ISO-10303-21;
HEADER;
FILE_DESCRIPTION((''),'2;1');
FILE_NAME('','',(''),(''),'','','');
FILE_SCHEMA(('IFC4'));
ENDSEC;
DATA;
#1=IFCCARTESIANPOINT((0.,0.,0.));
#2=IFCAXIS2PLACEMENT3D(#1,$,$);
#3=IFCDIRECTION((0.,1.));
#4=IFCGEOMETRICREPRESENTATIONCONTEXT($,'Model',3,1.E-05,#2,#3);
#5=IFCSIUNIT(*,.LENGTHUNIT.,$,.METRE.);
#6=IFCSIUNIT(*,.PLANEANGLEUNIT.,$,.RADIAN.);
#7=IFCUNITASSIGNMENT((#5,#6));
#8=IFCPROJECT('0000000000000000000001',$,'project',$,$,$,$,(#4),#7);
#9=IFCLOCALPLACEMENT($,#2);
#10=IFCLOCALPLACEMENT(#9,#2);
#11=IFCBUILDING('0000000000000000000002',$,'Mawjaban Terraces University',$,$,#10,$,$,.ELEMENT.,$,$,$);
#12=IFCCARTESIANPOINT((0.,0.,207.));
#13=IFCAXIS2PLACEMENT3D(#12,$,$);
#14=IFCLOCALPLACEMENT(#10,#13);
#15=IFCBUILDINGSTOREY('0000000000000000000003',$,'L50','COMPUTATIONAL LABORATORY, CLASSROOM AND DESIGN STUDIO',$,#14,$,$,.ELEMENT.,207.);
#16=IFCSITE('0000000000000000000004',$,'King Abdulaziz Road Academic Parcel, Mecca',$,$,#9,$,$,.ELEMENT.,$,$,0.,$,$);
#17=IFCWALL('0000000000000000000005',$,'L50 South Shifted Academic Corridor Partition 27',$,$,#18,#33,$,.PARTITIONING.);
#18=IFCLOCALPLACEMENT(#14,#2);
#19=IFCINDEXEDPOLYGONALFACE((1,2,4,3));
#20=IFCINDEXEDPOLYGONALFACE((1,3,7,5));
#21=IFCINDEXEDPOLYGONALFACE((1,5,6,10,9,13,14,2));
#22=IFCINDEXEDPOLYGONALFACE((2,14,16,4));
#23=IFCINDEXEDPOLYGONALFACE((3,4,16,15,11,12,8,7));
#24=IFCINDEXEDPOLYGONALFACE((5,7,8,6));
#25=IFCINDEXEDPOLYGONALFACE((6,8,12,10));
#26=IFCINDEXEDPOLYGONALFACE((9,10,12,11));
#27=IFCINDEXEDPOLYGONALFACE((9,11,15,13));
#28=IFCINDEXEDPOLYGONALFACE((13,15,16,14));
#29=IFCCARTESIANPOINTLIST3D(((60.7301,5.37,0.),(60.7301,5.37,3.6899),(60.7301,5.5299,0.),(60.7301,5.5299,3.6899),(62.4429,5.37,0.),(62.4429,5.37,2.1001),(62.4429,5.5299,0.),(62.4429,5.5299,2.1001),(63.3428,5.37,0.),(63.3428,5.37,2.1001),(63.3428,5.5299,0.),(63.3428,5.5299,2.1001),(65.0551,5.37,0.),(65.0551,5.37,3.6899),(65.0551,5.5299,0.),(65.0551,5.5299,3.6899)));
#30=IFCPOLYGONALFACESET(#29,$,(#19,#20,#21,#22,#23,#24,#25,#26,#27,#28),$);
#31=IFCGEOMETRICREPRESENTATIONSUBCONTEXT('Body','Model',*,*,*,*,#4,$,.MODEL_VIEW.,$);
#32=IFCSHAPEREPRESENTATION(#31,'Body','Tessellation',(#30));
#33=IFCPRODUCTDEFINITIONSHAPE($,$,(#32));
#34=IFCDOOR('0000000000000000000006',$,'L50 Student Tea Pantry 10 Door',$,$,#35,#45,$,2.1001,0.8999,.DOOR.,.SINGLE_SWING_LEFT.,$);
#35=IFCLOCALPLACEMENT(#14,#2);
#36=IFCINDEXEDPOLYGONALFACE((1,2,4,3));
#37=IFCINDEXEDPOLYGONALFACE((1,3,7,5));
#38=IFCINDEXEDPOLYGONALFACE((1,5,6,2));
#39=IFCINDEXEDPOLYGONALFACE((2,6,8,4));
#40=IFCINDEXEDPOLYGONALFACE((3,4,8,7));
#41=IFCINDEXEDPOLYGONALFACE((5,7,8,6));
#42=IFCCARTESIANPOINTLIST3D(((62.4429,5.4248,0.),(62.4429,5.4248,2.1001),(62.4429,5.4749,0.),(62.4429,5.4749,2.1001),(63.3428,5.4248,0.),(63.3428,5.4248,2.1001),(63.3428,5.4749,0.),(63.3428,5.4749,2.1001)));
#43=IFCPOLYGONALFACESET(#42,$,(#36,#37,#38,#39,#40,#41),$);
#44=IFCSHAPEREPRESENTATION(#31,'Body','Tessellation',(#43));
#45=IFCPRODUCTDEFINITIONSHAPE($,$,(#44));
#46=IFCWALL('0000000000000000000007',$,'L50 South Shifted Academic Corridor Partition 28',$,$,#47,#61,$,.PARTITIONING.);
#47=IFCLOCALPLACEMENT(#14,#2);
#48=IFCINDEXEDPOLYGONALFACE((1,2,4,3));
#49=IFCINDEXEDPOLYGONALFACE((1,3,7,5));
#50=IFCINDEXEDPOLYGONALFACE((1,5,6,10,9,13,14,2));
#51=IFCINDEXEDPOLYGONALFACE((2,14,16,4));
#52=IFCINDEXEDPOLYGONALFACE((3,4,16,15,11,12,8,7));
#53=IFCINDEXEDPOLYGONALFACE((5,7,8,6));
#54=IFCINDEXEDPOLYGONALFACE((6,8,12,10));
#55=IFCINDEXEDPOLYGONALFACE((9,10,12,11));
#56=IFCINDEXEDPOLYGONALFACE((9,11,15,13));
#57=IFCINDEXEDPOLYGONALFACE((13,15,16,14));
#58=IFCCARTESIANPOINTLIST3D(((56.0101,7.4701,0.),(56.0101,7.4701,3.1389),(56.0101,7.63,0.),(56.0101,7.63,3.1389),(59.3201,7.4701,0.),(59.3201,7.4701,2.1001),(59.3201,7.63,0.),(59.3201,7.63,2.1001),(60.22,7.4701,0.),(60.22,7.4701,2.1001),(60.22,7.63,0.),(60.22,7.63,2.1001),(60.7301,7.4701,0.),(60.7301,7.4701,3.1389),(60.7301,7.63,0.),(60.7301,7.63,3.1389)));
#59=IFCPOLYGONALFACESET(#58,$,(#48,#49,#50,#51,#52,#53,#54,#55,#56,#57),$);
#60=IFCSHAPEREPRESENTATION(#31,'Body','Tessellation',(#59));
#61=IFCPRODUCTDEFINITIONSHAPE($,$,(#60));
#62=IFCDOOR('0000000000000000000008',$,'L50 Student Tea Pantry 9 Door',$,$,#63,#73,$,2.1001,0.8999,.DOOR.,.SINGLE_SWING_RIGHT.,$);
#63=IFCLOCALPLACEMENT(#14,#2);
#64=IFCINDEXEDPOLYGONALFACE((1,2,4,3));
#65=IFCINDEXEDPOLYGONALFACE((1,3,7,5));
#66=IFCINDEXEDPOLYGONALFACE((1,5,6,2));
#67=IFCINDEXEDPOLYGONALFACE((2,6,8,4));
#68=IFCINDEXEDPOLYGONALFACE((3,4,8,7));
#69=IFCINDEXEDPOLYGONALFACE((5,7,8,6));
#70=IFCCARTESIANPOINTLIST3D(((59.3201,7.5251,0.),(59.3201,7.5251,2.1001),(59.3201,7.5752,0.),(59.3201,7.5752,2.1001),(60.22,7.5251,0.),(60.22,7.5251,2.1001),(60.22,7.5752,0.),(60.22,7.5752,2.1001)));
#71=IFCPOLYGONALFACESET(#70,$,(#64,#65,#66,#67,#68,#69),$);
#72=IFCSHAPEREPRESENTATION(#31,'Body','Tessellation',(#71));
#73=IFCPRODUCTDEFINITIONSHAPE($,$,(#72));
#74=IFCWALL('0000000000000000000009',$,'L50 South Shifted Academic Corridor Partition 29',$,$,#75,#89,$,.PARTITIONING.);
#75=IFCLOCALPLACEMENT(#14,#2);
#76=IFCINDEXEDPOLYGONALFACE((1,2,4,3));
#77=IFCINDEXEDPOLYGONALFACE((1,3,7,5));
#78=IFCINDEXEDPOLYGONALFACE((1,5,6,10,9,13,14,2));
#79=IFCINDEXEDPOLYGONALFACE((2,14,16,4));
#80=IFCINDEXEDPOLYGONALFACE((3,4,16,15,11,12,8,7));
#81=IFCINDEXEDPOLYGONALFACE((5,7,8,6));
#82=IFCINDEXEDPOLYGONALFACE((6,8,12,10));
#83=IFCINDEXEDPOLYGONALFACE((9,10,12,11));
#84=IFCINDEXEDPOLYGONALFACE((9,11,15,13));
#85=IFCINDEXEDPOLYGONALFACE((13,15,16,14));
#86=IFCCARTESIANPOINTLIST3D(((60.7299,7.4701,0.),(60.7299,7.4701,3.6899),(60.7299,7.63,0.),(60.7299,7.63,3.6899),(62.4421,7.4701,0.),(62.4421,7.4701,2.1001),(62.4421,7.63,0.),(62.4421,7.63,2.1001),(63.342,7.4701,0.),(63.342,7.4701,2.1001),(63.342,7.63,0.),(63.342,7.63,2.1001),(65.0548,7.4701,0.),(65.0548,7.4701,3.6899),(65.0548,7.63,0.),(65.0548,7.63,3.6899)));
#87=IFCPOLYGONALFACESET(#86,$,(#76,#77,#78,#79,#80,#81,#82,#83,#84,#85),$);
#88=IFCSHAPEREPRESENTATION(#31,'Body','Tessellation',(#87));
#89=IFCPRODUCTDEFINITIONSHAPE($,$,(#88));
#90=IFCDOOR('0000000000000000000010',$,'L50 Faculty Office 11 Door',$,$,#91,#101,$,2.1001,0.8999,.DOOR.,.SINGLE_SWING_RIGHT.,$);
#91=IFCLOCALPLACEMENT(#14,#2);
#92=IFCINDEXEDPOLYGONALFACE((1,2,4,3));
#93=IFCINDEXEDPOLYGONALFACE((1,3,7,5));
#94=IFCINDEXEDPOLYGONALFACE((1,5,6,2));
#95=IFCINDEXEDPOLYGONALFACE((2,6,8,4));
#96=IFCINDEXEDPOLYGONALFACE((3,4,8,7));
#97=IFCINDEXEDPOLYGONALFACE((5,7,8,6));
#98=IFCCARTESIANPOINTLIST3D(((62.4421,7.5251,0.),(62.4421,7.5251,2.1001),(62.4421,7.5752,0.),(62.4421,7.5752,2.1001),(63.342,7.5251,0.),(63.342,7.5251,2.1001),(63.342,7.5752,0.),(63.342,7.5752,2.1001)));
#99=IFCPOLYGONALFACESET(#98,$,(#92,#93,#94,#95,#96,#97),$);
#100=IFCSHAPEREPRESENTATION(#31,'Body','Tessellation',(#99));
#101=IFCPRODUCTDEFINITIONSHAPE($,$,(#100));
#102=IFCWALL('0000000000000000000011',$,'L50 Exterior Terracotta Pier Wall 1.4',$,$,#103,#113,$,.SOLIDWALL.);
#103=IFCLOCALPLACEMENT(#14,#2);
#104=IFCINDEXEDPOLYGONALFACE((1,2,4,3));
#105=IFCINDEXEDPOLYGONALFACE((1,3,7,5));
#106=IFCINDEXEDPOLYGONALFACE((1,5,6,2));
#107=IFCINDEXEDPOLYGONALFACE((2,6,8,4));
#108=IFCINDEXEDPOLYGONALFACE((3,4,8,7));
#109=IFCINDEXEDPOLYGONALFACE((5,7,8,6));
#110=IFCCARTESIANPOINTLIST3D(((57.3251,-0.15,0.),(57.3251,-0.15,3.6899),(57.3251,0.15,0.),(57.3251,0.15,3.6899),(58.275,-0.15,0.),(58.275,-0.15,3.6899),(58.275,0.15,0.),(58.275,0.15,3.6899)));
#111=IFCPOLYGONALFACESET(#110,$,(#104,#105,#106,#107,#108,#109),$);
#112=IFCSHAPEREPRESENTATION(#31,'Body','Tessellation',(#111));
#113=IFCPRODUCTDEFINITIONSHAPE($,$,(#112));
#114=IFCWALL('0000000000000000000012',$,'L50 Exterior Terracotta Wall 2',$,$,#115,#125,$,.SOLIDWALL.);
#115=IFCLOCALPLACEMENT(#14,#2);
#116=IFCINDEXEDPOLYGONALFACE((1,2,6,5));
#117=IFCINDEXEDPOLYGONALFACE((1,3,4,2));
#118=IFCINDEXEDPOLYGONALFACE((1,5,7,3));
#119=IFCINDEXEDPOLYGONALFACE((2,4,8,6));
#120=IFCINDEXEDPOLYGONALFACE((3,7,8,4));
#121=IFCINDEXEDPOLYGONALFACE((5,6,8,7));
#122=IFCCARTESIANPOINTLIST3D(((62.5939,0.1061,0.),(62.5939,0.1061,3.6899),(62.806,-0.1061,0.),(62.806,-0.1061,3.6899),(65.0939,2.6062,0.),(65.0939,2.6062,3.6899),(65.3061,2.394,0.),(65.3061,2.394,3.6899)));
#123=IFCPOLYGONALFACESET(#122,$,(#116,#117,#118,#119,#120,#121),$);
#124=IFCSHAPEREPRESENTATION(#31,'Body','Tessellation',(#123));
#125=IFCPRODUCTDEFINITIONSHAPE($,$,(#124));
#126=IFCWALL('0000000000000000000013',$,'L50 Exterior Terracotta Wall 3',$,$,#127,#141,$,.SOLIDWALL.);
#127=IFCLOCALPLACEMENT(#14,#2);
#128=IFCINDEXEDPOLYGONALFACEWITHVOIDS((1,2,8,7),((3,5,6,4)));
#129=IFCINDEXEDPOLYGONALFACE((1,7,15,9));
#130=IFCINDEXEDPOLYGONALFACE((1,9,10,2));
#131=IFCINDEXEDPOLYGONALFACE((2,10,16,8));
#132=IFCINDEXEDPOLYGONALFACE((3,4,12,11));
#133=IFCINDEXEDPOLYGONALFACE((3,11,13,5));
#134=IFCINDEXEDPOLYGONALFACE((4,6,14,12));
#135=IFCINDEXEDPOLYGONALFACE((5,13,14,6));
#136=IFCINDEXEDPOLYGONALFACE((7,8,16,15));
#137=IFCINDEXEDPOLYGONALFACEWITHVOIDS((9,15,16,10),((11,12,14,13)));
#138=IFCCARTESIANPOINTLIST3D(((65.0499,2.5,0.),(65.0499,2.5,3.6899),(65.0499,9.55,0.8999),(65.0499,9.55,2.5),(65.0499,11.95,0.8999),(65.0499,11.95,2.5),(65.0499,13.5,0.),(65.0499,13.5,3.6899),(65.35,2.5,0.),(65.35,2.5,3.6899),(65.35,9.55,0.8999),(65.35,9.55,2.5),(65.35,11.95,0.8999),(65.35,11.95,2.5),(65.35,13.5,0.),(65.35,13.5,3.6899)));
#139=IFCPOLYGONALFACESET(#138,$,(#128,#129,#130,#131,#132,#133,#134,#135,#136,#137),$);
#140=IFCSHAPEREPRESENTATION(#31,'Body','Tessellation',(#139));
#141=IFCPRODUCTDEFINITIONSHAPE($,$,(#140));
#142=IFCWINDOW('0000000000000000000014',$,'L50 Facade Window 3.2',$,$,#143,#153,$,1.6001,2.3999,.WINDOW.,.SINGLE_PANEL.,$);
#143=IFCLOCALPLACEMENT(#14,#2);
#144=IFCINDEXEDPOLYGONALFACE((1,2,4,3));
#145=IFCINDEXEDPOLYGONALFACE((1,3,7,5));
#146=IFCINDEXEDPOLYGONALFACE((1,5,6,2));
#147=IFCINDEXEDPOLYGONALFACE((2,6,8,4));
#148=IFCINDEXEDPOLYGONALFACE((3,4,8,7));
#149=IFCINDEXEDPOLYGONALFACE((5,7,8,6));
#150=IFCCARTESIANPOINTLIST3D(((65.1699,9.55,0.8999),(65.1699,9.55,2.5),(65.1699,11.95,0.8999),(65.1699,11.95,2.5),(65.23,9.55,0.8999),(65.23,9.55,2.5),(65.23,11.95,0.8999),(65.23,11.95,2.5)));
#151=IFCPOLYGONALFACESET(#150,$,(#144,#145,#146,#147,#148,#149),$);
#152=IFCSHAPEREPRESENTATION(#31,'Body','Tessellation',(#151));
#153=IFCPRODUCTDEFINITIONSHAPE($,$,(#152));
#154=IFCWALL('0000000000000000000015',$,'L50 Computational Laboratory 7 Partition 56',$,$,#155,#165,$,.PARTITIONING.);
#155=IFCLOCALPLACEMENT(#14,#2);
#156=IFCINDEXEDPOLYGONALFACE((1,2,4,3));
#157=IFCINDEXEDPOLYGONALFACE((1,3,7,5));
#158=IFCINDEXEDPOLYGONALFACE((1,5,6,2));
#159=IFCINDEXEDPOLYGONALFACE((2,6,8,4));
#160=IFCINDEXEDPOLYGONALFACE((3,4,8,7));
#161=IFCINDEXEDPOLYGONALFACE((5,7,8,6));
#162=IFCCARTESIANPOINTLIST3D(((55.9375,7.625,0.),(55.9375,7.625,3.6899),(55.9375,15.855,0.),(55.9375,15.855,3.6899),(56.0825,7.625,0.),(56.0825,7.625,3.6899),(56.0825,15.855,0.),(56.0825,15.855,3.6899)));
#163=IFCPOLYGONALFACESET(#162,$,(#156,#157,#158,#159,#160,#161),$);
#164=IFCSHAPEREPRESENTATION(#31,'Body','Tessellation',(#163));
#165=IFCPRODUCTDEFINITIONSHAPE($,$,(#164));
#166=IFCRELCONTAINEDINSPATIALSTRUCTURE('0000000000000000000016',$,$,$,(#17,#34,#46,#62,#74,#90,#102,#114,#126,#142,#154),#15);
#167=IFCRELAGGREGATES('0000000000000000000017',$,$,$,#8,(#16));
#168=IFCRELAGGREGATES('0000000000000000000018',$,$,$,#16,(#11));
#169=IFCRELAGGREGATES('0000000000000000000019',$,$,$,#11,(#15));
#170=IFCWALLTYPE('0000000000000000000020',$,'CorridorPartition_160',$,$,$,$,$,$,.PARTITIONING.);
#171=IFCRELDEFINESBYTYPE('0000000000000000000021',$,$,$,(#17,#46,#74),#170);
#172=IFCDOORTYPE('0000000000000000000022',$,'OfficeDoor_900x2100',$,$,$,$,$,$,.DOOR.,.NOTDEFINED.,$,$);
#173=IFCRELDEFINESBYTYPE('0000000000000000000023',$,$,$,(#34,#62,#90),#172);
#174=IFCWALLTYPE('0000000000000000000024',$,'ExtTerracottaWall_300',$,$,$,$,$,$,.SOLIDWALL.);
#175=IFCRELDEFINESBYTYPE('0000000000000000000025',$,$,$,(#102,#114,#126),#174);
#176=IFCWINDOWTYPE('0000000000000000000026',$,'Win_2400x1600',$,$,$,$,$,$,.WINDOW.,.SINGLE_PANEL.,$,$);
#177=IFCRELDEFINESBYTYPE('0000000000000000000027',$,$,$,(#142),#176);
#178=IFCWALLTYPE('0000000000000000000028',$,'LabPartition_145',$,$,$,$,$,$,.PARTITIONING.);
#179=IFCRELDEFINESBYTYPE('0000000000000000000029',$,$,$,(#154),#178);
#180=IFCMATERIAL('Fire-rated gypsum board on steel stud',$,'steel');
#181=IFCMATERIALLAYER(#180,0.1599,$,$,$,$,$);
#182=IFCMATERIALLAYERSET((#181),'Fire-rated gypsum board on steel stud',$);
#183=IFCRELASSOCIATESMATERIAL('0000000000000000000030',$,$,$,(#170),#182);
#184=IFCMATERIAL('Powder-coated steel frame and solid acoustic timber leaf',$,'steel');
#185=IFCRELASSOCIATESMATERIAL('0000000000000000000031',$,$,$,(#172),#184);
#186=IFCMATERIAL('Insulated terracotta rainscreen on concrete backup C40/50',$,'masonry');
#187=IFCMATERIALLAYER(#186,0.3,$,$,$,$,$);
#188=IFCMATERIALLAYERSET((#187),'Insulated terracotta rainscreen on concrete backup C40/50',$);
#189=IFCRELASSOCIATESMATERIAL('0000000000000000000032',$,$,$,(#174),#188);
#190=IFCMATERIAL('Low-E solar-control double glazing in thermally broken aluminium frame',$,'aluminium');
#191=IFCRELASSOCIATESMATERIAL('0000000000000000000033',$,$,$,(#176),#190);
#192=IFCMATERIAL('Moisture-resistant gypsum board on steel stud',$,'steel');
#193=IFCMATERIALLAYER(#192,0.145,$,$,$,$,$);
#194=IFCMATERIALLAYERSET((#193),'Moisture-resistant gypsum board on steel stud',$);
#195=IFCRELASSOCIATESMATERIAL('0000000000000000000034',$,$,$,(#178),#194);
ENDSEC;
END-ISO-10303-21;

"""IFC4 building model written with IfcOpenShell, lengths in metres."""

from ifc_helpers import new_model, si_unit, direction, frame, frame_2d, origin, place, context, subcontext, project, spatial, rectangle, extrude, material, layer, layer_set, type_object, element, fill, save


model = new_model("IFC4")

# Units and contexts
model_context = context("Model", 3, precision=1e-05, world=origin(), true_north=direction((0.0, 1.0)))
body_context = subcontext(model_context, "Body", "Model", "MODEL_VIEW")
ifc_project = project(units=[si_unit("LENGTHUNIT", "METRE"), si_unit("PLANEANGLEUNIT", "RADIAN")], contexts=[model_context])

# Site, building, storey
site_placement = place(None, origin())
site = spatial("IfcSite", under=ifc_project, at=site_placement, Name="King Abdulaziz Road Academic Parcel, Mecca", CompositionType="ELEMENT", RefElevation=0.0)
building_placement = place(site_placement, origin())
building = spatial("IfcBuilding", under=site, at=building_placement, Name="Mawjaban Terraces University", CompositionType="ELEMENT")
storey_placement = place(building_placement, frame((0.0, 0.0, 207.0)))
storey = spatial("IfcBuildingStorey", under=building, at=storey_placement, Name="L50", Description="COMPUTATIONAL LABORATORY, CLASSROOM AND DESIGN STUDIO", CompositionType="ELEMENT", Elevation=207.0)

# Walls, openings, doors
ifc_material_1 = material(Name="Fire-rated gypsum board on steel stud", Category="steel")
ifc_layer_1 = layer(ifc_material_1, 0.1599)
ifc_layer_set_1 = layer_set([ifc_layer_1], Name="Fire-rated gypsum board on steel stud")
wall_type_1 = type_object("IfcWallType", Name="CorridorPartition_160", PredefinedType="PARTITIONING", material=ifc_layer_set_1)
wall_1_placement = place(storey_placement, frame((60.73, 5.45, 0.0), z_axis=(0.0, 0.0, 1.0), x_axis=(1.0, 0.0, 0.0)))
wall_1 = element("IfcWall", 1, at=wall_1_placement, inside=storey, type_object=wall_type_1, Name="L50 South Shifted Academic Corridor Partition 27", PredefinedType="PARTITIONING", context=body_context, shape_type="SweptSolid", body=[
    extrude(rectangle(XDim=4.325, YDim=0.1599, at=frame_2d((2.1626, 0.0))), origin(), (0.0, 0.0, 1.0), 3.6899),
])
opening_1_placement = place(wall_1_placement, frame((1.7129, 0.0, 0.0)))
opening_1 = element("IfcOpeningElement", 2, at=opening_1_placement, cuts=wall_1, PredefinedType="OPENING", context=body_context, shape_type="SweptSolid", body=[
    extrude(rectangle(XDim=0.8999, YDim=2.1001, at=frame_2d((0.45, 1.05))), frame((0.0, 0.0898, 0.0), z_axis=(0.0, -1.0, 0.0), x_axis=(1.0, 0.0, 0.0)), (0.0, 0.0, 1.0), 0.1799),
])
ifc_material_2 = material(Name="Powder-coated steel frame and solid acoustic timber leaf", Category="steel")
door_type_1 = type_object("IfcDoorType", Name="OfficeDoor_900x2100", OperationType="NOTDEFINED", PredefinedType="DOOR", material=ifc_material_2)
door_1_placement = place(opening_1_placement, origin())
door_1 = element("IfcDoor", 3, at=door_1_placement, inside=storey, type_object=door_type_1, Name="L50 Student Tea Pantry 10 Door", OperationType="SINGLE_SWING_LEFT", OverallHeight=2.1001, OverallWidth=0.8999, PredefinedType="DOOR", context=body_context, shape_type="SweptSolid", body=[
    extrude(rectangle(XDim=0.8999, YDim=2.1001, at=frame_2d((0.45, 1.05))), frame((0.0, 0.0249, 0.0), z_axis=(0.0, -1.0, 0.0), x_axis=(1.0, 0.0, 0.0)), (0.0, 0.0, 1.0), 0.05),
])
fill(opening_1, door_1)
wall_2_placement = place(storey_placement, frame((60.73, 7.55, 0.0), z_axis=(0.0, 0.0, 1.0), x_axis=(-1.0, 0.0, 0.0)))
wall_2 = element("IfcWall", 4, at=wall_2_placement, inside=storey, type_object=wall_type_1, Name="L50 South Shifted Academic Corridor Partition 28", PredefinedType="PARTITIONING", context=body_context, shape_type="SweptSolid", body=[
    extrude(rectangle(XDim=4.72, YDim=0.1599, at=frame_2d((2.3599, 0.0))), origin(), (0.0, 0.0, 1.0), 3.1389),
])
opening_2_placement = place(wall_2_placement, frame((0.51, 0.0, 0.0)))
opening_2 = element("IfcOpeningElement", 5, at=opening_2_placement, cuts=wall_2, PredefinedType="OPENING", context=body_context, shape_type="SweptSolid", body=[
    extrude(rectangle(XDim=0.8999, YDim=2.1001, at=frame_2d((0.45, 1.05))), frame((0.0, 0.0898, 0.0), z_axis=(0.0, -1.0, 0.0), x_axis=(1.0, 0.0, 0.0)), (0.0, 0.0, 1.0), 0.1799),
])
door_2_placement = place(opening_2_placement, origin())
door_2 = element("IfcDoor", 6, at=door_2_placement, inside=storey, type_object=door_type_1, Name="L50 Student Tea Pantry 9 Door", OperationType="SINGLE_SWING_RIGHT", OverallHeight=2.1001, OverallWidth=0.8999, PredefinedType="DOOR", context=body_context, shape_type="SweptSolid", body=[
    extrude(rectangle(XDim=0.8999, YDim=2.1001, at=frame_2d((0.45, 1.05))), frame((0.0, 0.0249, 0.0), z_axis=(0.0, -1.0, 0.0), x_axis=(1.0, 0.0, 0.0)), (0.0, 0.0, 1.0), 0.05),
])
fill(opening_2, door_2)
wall_3_placement = place(storey_placement, frame((65.0549, 7.55, 0.0), z_axis=(0.0, 0.0, 1.0), x_axis=(-1.0, 0.0, 0.0)))
wall_3 = element("IfcWall", 7, at=wall_3_placement, inside=storey, type_object=wall_type_1, Name="L50 South Shifted Academic Corridor Partition 29", PredefinedType="PARTITIONING", context=body_context, shape_type="SweptSolid", body=[
    extrude(rectangle(XDim=4.325, YDim=0.1599, at=frame_2d((2.1626, 0.0))), origin(), (0.0, 0.0, 1.0), 3.6899),
])
opening_3_placement = place(wall_3_placement, frame((1.7129, 0.0, 0.0)))
opening_3 = element("IfcOpeningElement", 8, at=opening_3_placement, cuts=wall_3, PredefinedType="OPENING", context=body_context, shape_type="SweptSolid", body=[
    extrude(rectangle(XDim=0.8999, YDim=2.1001, at=frame_2d((0.45, 1.05))), frame((0.0, 0.0898, 0.0), z_axis=(0.0, -1.0, 0.0), x_axis=(1.0, 0.0, 0.0)), (0.0, 0.0, 1.0), 0.1799),
])
door_3_placement = place(opening_3_placement, origin())
door_3 = element("IfcDoor", 9, at=door_3_placement, inside=storey, type_object=door_type_1, Name="L50 Faculty Office 11 Door", OperationType="SINGLE_SWING_RIGHT", OverallHeight=2.1001, OverallWidth=0.8999, PredefinedType="DOOR", context=body_context, shape_type="SweptSolid", body=[
    extrude(rectangle(XDim=0.8999, YDim=2.1001, at=frame_2d((0.45, 1.05))), frame((0.0, 0.0249, 0.0), z_axis=(0.0, -1.0, 0.0), x_axis=(1.0, 0.0, 0.0)), (0.0, 0.0, 1.0), 0.05),
])
fill(opening_3, door_3)

# Walls
ifc_material_3 = material(Name="Insulated terracotta rainscreen on concrete backup C40/50", Category="masonry")
ifc_layer_2 = layer(ifc_material_3, 0.3)
ifc_layer_set_2 = layer_set([ifc_layer_2], Name="Insulated terracotta rainscreen on concrete backup C40/50")
wall_type_2 = type_object("IfcWallType", Name="ExtTerracottaWall_300", PredefinedType="SOLIDWALL", material=ifc_layer_set_2)
wall_4_placement = place(storey_placement, frame((57.325, 0.0, 0.0), z_axis=(0.0, 0.0, 1.0), x_axis=(1.0, 0.0, 0.0)))
element("IfcWall", 10, at=wall_4_placement, inside=storey, type_object=wall_type_2, Name="L50 Exterior Terracotta Pier Wall 1.4", PredefinedType="SOLIDWALL", context=body_context, shape_type="SweptSolid", body=[
    extrude(rectangle(XDim=0.95, YDim=0.3, at=frame_2d((0.4751, 0.0))), origin(), (0.0, 0.0, 1.0), 3.6899),
])
wall_5_placement = place(storey_placement, frame((62.7, 0.0, 0.0), z_axis=(0.0, 0.0, 1.0), x_axis=(0.707107, 0.707107, 0.0)))
element("IfcWall", 11, at=wall_5_placement, inside=storey, type_object=wall_type_2, Name="L50 Exterior Terracotta Wall 2", PredefinedType="SOLIDWALL", context=body_context, shape_type="SweptSolid", body=[
    extrude(rectangle(XDim=3.5356, YDim=0.3, at=frame_2d((1.7678, 0.0))), origin(), (0.0, 0.0, 1.0), 3.6899),
])

# Wall, opening, window
wall_6_placement = place(storey_placement, frame((65.2, 2.5, 0.0), z_axis=(0.0, 0.0, 1.0), x_axis=(0.0, 1.0, 0.0)))
wall_6 = element("IfcWall", 12, at=wall_6_placement, inside=storey, type_object=wall_type_2, Name="L50 Exterior Terracotta Wall 3", PredefinedType="SOLIDWALL", context=body_context, shape_type="SweptSolid", body=[
    extrude(rectangle(XDim=11.0, YDim=0.3, at=frame_2d((5.5, 0.0))), origin(), (0.0, 0.0, 1.0), 3.6899),
])
opening_4_placement = place(wall_6_placement, frame((7.05, 0.0, 0.8999)))
opening_4 = element("IfcOpeningElement", 13, at=opening_4_placement, cuts=wall_6, PredefinedType="OPENING", context=body_context, shape_type="SweptSolid", body=[
    extrude(rectangle(XDim=2.3999, YDim=1.6001, at=frame_2d((1.2, 0.8))), frame((0.0, 0.1599, 0.0), z_axis=(0.0, -1.0, 0.0), x_axis=(1.0, 0.0, 0.0)), (0.0, 0.0, 1.0), 0.3201),
])
ifc_material_4 = material(Name="Low-E solar-control double glazing in thermally broken aluminium frame", Category="aluminium")
window_type = type_object("IfcWindowType", Name="Win_2400x1600", PartitioningType="SINGLE_PANEL", PredefinedType="WINDOW", material=ifc_material_4)
window_placement = place(opening_4_placement, origin())
window = element("IfcWindow", 14, at=window_placement, inside=storey, type_object=window_type, Name="L50 Facade Window 3.2", OverallHeight=1.6001, OverallWidth=2.3999, PartitioningType="SINGLE_PANEL", PredefinedType="WINDOW", context=body_context, shape_type="SweptSolid", body=[
    extrude(rectangle(XDim=2.3999, YDim=1.6001, at=frame_2d((1.2, 0.8))), frame((0.0, 0.03, 0.0), z_axis=(0.0, -1.0, 0.0), x_axis=(1.0, 0.0, 0.0)), (0.0, 0.0, 1.0), 0.0601),
])
fill(opening_4, window)

# Shared definitions
ifc_material_5 = material(Name="Moisture-resistant gypsum board on steel stud", Category="steel")
ifc_layer_3 = layer(ifc_material_5, 0.145)
ifc_layer_set_3 = layer_set([ifc_layer_3], Name="Moisture-resistant gypsum board on steel stud")
wall_type_3 = type_object("IfcWallType", Name="LabPartition_145", PredefinedType="PARTITIONING", material=ifc_layer_set_3)

# Wall
wall_7_placement = place(storey_placement, frame((56.01, 7.625, 0.0), z_axis=(0.0, 0.0, 1.0), x_axis=(0.0, 1.0, 0.0)))
element("IfcWall", 15, at=wall_7_placement, inside=storey, type_object=wall_type_3, Name="L50 Computational Laboratory 7 Partition 56", PredefinedType="PARTITIONING", context=body_context, shape_type="SweptSolid", body=[
    extrude(rectangle(XDim=8.23, YDim=0.145, at=frame_2d((4.115, 0.0))), origin(), (0.0, 0.0, 1.0), 3.6899),
])

save(model, "model.ifc")
